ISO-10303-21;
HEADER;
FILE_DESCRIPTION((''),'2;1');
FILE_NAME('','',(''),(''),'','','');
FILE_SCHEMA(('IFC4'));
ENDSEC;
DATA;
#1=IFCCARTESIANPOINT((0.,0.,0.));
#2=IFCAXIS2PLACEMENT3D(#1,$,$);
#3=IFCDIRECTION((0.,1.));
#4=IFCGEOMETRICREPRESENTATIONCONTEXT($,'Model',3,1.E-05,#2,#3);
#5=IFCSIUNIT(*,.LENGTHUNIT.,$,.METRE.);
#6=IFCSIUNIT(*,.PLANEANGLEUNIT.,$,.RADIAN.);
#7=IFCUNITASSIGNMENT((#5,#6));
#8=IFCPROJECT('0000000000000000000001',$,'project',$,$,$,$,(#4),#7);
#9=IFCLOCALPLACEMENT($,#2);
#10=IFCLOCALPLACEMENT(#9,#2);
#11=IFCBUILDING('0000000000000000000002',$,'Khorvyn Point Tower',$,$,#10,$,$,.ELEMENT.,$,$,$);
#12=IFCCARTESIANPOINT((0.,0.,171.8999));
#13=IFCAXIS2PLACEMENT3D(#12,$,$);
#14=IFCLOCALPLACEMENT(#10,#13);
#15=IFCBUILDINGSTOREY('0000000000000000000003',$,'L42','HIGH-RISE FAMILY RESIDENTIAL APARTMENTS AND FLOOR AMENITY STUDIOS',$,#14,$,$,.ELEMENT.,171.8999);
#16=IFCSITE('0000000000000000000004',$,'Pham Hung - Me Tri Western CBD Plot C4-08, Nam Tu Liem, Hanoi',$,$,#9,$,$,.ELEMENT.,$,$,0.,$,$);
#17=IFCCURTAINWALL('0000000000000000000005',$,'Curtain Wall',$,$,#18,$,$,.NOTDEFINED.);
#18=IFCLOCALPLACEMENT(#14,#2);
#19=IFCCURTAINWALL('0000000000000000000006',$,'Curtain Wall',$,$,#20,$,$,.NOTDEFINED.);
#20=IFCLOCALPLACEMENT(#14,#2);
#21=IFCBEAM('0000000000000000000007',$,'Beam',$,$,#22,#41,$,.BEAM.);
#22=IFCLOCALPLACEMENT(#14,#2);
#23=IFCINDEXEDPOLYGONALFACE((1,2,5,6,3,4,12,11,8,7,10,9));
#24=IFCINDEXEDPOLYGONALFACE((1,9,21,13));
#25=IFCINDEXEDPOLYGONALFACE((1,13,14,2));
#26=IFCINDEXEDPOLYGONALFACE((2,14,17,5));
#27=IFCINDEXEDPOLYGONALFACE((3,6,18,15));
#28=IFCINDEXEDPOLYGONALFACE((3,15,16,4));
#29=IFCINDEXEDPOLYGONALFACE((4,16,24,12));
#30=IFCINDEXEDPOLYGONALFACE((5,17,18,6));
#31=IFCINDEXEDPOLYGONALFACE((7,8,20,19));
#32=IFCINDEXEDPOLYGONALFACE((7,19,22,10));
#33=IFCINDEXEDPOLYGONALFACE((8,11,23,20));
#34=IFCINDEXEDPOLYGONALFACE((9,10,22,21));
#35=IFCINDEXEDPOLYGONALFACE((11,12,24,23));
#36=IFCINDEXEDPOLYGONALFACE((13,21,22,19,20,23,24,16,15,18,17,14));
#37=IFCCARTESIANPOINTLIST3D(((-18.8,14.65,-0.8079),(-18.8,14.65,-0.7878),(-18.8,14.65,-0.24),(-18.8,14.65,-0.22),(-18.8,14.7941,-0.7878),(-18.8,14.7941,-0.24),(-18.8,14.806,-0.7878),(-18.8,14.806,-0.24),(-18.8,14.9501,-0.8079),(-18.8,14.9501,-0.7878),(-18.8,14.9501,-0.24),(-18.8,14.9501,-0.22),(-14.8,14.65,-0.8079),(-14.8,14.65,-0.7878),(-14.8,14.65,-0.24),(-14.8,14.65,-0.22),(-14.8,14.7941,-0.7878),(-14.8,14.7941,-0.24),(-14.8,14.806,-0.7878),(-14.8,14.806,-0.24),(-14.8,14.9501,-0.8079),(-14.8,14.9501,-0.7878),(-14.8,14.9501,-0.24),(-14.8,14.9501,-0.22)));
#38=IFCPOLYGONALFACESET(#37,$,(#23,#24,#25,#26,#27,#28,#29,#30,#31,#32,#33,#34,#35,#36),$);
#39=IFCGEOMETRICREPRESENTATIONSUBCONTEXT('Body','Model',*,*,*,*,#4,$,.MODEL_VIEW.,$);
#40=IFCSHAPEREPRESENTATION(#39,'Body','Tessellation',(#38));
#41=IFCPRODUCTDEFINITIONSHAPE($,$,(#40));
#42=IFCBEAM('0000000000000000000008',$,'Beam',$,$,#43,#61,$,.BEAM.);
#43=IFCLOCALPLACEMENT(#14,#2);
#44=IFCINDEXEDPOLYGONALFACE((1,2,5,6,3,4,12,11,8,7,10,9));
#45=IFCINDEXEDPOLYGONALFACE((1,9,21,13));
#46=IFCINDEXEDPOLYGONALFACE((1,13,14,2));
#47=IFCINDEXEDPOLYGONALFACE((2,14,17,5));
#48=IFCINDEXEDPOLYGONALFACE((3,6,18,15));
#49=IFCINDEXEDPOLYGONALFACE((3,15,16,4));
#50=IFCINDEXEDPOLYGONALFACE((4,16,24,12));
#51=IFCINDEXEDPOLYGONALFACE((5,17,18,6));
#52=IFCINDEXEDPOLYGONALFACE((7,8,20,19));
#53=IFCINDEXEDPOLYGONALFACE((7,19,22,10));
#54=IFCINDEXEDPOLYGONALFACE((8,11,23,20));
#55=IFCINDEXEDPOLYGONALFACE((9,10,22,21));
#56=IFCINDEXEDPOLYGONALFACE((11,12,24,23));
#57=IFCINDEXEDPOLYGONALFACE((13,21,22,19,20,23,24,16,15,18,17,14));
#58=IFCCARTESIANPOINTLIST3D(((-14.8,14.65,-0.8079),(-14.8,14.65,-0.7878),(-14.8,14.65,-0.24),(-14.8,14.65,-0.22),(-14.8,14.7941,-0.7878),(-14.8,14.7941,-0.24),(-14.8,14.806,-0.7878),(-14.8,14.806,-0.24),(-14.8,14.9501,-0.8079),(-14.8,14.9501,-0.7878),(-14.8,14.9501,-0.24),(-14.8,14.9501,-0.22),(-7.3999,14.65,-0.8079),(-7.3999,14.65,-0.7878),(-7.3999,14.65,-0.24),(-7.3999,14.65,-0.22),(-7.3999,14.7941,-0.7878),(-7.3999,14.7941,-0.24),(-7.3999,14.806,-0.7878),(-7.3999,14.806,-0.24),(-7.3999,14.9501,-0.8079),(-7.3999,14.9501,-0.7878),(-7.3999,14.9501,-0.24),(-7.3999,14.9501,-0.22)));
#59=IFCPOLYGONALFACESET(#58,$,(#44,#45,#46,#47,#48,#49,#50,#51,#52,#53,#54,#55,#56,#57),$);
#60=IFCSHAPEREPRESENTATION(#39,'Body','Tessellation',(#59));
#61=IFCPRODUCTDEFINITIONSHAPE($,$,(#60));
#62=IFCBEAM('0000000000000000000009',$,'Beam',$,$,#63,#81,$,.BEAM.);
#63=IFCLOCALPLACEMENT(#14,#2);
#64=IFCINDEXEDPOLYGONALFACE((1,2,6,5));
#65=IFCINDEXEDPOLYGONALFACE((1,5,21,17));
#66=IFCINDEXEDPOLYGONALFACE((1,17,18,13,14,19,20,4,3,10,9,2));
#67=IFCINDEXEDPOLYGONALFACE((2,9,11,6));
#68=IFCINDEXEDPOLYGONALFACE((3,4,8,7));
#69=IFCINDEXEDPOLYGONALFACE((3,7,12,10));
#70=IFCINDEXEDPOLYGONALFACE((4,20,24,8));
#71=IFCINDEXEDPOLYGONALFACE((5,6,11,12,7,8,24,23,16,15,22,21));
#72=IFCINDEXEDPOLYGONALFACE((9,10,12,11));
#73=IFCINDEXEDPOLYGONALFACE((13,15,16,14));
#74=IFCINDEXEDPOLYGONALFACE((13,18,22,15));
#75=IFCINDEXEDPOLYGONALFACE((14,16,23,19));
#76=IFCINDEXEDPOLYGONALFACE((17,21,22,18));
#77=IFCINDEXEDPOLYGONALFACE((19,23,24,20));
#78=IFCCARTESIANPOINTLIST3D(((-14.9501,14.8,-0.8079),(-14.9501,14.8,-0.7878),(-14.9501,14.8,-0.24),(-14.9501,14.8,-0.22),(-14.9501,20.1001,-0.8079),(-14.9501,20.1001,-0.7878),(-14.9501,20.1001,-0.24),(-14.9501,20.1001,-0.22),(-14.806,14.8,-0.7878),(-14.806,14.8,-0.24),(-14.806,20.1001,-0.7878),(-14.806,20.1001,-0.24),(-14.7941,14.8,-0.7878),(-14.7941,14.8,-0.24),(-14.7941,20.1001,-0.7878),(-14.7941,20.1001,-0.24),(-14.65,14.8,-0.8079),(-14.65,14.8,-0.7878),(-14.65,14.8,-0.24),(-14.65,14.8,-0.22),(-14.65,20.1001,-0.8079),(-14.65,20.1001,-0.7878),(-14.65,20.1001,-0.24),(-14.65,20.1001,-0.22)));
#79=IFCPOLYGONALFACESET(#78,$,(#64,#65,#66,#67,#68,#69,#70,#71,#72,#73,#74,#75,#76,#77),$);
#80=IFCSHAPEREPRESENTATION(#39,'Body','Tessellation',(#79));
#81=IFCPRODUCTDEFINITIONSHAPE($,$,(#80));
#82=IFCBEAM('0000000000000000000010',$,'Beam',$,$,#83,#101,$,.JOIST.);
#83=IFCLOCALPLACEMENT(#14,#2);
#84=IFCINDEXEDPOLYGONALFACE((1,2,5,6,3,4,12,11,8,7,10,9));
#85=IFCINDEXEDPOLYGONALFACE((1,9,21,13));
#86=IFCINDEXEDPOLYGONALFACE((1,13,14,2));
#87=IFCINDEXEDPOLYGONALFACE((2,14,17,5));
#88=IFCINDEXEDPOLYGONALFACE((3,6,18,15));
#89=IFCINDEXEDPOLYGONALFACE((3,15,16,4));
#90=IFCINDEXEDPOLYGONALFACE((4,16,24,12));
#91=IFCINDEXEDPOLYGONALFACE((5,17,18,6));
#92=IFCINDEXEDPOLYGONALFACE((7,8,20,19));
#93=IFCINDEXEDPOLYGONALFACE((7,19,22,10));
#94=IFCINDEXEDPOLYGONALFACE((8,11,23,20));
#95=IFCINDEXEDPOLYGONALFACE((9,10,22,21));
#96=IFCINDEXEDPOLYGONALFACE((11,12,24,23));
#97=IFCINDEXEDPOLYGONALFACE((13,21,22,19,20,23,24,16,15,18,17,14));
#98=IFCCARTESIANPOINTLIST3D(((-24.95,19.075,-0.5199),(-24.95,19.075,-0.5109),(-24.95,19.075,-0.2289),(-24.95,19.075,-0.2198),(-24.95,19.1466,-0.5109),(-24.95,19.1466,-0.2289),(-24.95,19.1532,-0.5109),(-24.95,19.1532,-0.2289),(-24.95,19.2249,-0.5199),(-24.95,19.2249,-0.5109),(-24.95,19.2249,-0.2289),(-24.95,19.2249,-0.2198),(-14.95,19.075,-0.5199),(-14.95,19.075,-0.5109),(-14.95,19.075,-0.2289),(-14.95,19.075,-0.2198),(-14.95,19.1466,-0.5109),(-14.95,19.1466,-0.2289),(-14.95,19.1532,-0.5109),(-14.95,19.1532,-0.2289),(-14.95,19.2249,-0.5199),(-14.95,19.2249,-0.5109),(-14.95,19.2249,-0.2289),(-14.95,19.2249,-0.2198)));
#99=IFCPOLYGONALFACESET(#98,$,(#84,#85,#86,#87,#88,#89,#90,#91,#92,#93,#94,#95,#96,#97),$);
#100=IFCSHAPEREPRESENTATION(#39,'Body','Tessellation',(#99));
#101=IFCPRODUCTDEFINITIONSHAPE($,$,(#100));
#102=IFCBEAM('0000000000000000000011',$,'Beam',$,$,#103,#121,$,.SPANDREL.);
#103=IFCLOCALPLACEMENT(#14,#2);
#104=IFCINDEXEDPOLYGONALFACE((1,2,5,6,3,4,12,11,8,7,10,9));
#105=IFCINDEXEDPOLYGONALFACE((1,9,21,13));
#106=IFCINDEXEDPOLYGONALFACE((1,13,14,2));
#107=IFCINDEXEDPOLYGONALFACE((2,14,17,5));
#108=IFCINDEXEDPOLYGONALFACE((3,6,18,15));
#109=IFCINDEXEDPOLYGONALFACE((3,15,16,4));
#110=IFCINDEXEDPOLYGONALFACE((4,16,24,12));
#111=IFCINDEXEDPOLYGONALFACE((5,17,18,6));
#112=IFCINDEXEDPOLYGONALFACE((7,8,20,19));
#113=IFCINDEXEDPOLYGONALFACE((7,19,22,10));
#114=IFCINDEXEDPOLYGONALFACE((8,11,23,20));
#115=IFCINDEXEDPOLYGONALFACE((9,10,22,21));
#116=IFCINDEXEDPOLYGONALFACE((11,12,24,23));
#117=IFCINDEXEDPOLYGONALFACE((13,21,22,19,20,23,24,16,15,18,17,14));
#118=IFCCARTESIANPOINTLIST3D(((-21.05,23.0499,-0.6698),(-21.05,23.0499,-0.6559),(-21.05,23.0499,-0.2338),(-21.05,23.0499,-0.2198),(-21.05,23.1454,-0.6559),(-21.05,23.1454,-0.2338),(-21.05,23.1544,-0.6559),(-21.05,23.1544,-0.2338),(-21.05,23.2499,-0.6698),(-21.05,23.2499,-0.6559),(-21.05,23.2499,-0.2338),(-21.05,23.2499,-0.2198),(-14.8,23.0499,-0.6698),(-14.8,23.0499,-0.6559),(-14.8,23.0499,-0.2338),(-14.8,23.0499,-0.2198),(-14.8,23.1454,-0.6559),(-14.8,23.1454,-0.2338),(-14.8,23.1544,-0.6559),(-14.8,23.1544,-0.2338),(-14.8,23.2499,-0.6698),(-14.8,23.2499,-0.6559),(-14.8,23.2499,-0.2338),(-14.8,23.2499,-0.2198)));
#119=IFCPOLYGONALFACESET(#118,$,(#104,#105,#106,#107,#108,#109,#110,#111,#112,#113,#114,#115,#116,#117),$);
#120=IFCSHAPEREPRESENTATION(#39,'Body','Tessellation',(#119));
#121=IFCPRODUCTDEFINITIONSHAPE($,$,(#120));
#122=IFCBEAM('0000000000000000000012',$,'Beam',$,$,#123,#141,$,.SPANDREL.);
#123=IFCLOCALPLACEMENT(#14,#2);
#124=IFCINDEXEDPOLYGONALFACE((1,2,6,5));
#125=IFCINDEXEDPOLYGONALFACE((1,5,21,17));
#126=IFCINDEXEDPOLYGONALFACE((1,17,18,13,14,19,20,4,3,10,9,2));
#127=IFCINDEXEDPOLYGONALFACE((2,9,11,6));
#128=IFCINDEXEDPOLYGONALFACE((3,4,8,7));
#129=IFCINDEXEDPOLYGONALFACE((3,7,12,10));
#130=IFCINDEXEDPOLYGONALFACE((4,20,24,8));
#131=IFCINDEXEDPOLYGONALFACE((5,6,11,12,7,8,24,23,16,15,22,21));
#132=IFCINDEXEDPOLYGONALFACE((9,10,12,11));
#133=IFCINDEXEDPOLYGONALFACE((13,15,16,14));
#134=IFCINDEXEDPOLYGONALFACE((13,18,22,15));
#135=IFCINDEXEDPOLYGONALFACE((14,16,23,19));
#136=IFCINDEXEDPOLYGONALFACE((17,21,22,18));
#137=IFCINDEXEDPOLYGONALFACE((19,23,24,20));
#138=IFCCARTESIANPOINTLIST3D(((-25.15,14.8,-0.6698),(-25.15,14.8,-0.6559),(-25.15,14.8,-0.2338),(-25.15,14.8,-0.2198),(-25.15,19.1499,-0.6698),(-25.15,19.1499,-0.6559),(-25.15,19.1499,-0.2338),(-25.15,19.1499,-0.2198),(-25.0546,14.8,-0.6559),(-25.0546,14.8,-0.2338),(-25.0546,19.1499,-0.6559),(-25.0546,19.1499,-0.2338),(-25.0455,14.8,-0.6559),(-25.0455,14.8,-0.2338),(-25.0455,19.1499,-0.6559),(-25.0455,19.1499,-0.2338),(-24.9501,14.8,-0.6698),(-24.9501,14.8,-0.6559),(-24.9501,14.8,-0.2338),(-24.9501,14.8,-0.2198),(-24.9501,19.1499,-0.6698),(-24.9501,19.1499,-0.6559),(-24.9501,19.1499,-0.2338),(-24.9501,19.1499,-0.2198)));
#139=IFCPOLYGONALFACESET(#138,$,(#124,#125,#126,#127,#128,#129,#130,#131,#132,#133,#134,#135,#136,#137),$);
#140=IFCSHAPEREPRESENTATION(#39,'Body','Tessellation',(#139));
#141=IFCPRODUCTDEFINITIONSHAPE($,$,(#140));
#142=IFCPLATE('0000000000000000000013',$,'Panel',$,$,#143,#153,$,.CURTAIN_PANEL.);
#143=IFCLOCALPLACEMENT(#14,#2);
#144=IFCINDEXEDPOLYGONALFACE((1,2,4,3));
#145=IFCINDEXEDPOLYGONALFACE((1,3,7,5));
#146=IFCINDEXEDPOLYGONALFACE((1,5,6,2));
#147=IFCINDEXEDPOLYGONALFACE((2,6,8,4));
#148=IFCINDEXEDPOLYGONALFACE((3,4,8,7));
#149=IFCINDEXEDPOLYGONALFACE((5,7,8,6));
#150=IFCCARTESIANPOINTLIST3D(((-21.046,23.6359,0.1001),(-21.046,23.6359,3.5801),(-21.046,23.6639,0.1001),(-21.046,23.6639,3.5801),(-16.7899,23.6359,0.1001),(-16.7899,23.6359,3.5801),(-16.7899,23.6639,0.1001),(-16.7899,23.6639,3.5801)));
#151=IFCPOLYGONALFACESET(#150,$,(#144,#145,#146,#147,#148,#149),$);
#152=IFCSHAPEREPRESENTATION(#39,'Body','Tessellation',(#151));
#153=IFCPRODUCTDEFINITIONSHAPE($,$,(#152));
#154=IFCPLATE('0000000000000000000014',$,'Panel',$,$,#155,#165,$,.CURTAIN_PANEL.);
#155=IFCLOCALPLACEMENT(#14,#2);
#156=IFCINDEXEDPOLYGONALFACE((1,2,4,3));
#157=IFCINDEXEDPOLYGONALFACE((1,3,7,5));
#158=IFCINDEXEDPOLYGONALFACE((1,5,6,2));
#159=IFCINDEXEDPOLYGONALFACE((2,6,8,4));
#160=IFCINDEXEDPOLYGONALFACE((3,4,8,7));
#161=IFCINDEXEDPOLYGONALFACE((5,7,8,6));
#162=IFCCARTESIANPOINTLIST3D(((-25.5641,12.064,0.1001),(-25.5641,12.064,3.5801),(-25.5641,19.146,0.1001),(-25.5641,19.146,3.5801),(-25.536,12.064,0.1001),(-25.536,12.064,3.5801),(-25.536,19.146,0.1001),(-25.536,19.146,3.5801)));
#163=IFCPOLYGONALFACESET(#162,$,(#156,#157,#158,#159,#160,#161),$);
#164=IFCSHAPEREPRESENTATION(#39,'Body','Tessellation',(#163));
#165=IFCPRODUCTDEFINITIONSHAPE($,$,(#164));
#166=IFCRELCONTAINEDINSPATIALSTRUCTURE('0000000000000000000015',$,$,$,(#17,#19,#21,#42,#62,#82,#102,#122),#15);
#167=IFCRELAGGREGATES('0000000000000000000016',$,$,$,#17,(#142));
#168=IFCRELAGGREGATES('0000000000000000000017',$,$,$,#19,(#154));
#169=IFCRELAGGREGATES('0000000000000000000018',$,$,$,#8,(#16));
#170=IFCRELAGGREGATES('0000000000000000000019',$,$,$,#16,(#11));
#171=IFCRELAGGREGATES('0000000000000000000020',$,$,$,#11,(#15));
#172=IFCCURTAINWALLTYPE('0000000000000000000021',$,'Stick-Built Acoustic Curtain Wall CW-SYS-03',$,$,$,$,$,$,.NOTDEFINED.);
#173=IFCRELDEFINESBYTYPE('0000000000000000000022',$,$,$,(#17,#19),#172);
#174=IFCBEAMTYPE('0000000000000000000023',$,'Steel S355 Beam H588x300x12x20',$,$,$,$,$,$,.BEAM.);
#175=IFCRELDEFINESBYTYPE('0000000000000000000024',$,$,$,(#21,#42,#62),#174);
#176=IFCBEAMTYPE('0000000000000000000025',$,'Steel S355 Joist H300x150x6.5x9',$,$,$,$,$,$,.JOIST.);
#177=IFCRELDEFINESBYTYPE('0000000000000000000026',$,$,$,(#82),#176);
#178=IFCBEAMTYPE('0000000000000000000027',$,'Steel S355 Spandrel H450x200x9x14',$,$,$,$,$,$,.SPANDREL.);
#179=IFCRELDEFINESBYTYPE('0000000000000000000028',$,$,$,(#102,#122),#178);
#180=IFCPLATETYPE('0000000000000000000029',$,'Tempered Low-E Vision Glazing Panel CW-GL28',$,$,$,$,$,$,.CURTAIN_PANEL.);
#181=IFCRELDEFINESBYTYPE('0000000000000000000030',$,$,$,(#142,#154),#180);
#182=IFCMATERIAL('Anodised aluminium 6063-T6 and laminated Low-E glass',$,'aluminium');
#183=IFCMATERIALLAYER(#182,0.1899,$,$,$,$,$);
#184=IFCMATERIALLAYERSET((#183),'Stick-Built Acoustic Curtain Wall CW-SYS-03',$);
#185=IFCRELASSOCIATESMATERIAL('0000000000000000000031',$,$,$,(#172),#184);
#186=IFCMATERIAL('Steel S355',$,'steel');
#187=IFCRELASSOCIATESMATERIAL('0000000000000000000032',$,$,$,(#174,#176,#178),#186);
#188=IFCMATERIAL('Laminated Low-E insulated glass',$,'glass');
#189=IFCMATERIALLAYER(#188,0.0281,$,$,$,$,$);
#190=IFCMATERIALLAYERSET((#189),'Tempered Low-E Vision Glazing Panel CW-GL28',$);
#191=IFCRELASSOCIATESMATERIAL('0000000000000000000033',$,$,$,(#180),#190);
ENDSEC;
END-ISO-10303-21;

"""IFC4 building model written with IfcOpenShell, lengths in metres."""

from ifc_helpers import new_model, si_unit, direction, frame, origin, origin_2d, place, context, subcontext, project, spatial, rectangle, i_section, extrude, material, layer, layer_set, material_profile, profile_set, type_object, element, aggregate, save


model = new_model("IFC4")

# Units and contexts
model_context = context("Model", 3, precision=1e-05, world=origin(), true_north=direction((0.0, 1.0)))
body_context = subcontext(model_context, "Body", "Model", "MODEL_VIEW")
ifc_project = project(units=[si_unit("LENGTHUNIT", "METRE"), si_unit("PLANEANGLEUNIT", "RADIAN")], contexts=[model_context])

# Site, building, storey
site_placement = place(None, origin())
site = spatial("IfcSite", under=ifc_project, at=site_placement, Name="Pham Hung - Me Tri Western CBD Plot C4-08, Nam Tu Liem, Hanoi", CompositionType="ELEMENT", RefElevation=0.0)
building_placement = place(site_placement, origin())
building = spatial("IfcBuilding", under=site, at=building_placement, Name="Khorvyn Point Tower", CompositionType="ELEMENT")
storey_placement = place(building_placement, frame((0.0, 0.0, 171.8999)))
storey = spatial("IfcBuildingStorey", under=building, at=storey_placement, Name="L42", Description="HIGH-RISE FAMILY RESIDENTIAL APARTMENTS AND FLOOR AMENITY STUDIOS", CompositionType="ELEMENT", Elevation=171.8999)

# Curtain walls
ifc_material_1 = material(Name="Anodised aluminium 6063-T6 and laminated Low-E glass", Category="aluminium")
ifc_layer_1 = layer(ifc_material_1, 0.1899)
ifc_layer_set_1 = layer_set([ifc_layer_1], Name="Stick-Built Acoustic Curtain Wall CW-SYS-03")
curtain_wall_type = type_object("IfcCurtainWallType", Name="Stick-Built Acoustic Curtain Wall CW-SYS-03", PredefinedType="NOTDEFINED", material=ifc_layer_set_1)
curtain_wall_1_placement = place(storey_placement, origin())
curtain_wall_1 = element("IfcCurtainWall", 1, at=curtain_wall_1_placement, inside=storey, type_object=curtain_wall_type, Name="Curtain Wall", PredefinedType="NOTDEFINED")
curtain_wall_2_placement = place(storey_placement, origin())
curtain_wall_2 = element("IfcCurtainWall", 2, at=curtain_wall_2_placement, inside=storey, type_object=curtain_wall_type, Name="Curtain Wall", PredefinedType="NOTDEFINED")

# Beams
ifc_material_2 = material(Name="Steel S355", Category="steel")
ifc_material_profile_1 = material_profile(ifc_material_2, i_section(OverallWidth=0.3, OverallDepth=0.5879, WebThickness=0.012, FlangeThickness=0.02, at=origin_2d()))
ifc_profile_set_1 = profile_set([ifc_material_profile_1], Name="Steel S355 H588x300x12x20")
beam_type_1 = type_object("IfcBeamType", Name="Steel S355 Beam H588x300x12x20", PredefinedType="BEAM", material=ifc_profile_set_1)
beam_1_placement = place(storey_placement, frame((-18.8, 14.8, -0.5139), z_axis=(1.0, 0.0, 0.0), x_axis=(0.0, 1.0, 0.0)))
element("IfcBeam", 3, at=beam_1_placement, inside=storey, type_object=beam_type_1, Name="Beam", PredefinedType="BEAM", context=body_context, shape_type="SweptSolid", body=[
    extrude(i_section(OverallWidth=0.3, OverallDepth=0.5879, WebThickness=0.012, FlangeThickness=0.02, at=origin_2d()), origin(), (0.0, 0.0, 1.0), 4.0),
])
beam_2_placement = place(storey_placement, frame((-14.8, 14.8, -0.5139), z_axis=(1.0, 0.0, 0.0), x_axis=(0.0, 1.0, 0.0)))
element("IfcBeam", 4, at=beam_2_placement, inside=storey, type_object=beam_type_1, Name="Beam", PredefinedType="BEAM", context=body_context, shape_type="SweptSolid", body=[
    extrude(i_section(OverallWidth=0.3, OverallDepth=0.5879, WebThickness=0.012, FlangeThickness=0.02, at=origin_2d()), origin(), (0.0, 0.0, 1.0), 7.4001),
])
beam_3_placement = place(storey_placement, frame((-14.8, 14.8, -0.5139), z_axis=(0.0, 1.0, 0.0), x_axis=(-1.0, 0.0, 0.0)))
element("IfcBeam", 5, at=beam_3_placement, inside=storey, type_object=beam_type_1, Name="Beam", PredefinedType="BEAM", context=body_context, shape_type="SweptSolid", body=[
    extrude(i_section(OverallWidth=0.3, OverallDepth=0.5879, WebThickness=0.012, FlangeThickness=0.02, at=origin_2d()), origin(), (0.0, 0.0, 1.0), 5.3),
])
ifc_material_profile_2 = material_profile(ifc_material_2, i_section(OverallWidth=0.1499, OverallDepth=0.3, WebThickness=0.0066, FlangeThickness=0.009, at=origin_2d()))
ifc_profile_set_2 = profile_set([ifc_material_profile_2], Name="Steel S355 H300x150x6.5x9")
beam_type_2 = type_object("IfcBeamType", Name="Steel S355 Joist H300x150x6.5x9", PredefinedType="JOIST", material=ifc_profile_set_2)
beam_4_placement = place(storey_placement, frame((-24.95, 19.1499, -0.3699), z_axis=(1.0, 0.0, 0.0), x_axis=(0.0, 1.0, 0.0)))
element("IfcBeam", 6, at=beam_4_placement, inside=storey, type_object=beam_type_2, Name="Beam", PredefinedType="JOIST", context=body_context, shape_type="SweptSolid", body=[
    extrude(i_section(OverallWidth=0.1499, OverallDepth=0.3, WebThickness=0.0066, FlangeThickness=0.009, at=origin_2d()), origin(), (0.0, 0.0, 1.0), 10.0),
])
ifc_material_profile_3 = material_profile(ifc_material_2, i_section(OverallWidth=0.2, OverallDepth=0.45, WebThickness=0.009, FlangeThickness=0.0139, at=origin_2d()))
ifc_profile_set_3 = profile_set([ifc_material_profile_3], Name="Steel S355 H450x200x9x14")
beam_type_3 = type_object("IfcBeamType", Name="Steel S355 Spandrel H450x200x9x14", PredefinedType="SPANDREL", material=ifc_profile_set_3)
beam_5_placement = place(storey_placement, frame((-21.05, 23.1499, -0.4448), z_axis=(1.0, 0.0, 0.0), x_axis=(0.0, 1.0, 0.0)))
element("IfcBeam", 7, at=beam_5_placement, inside=storey, type_object=beam_type_3, Name="Beam", PredefinedType="SPANDREL", context=body_context, shape_type="SweptSolid", body=[
    extrude(i_section(OverallWidth=0.2, OverallDepth=0.45, WebThickness=0.009, FlangeThickness=0.0139, at=origin_2d()), origin(), (0.0, 0.0, 1.0), 6.25),
])
beam_6_placement = place(storey_placement, frame((-25.05, 14.8, -0.4448), z_axis=(0.0, 1.0, 0.0), x_axis=(-1.0, 0.0, 0.0)))
element("IfcBeam", 8, at=beam_6_placement, inside=storey, type_object=beam_type_3, Name="Beam", PredefinedType="SPANDREL", context=body_context, shape_type="SweptSolid", body=[
    extrude(i_section(OverallWidth=0.2, OverallDepth=0.45, WebThickness=0.009, FlangeThickness=0.0139, at=origin_2d()), origin(), (0.0, 0.0, 1.0), 4.3499),
])

# Plates
ifc_material_3 = material(Name="Laminated Low-E insulated glass", Category="glass")
ifc_layer_2 = layer(ifc_material_3, 0.0281)
ifc_layer_set_2 = layer_set([ifc_layer_2], Name="Tempered Low-E Vision Glazing Panel CW-GL28")
plate_type = type_object("IfcPlateType", Name="Tempered Low-E Vision Glazing Panel CW-GL28", PredefinedType="CURTAIN_PANEL", material=ifc_layer_set_2)
plate_1_placement = place(storey_placement, frame((-18.918, 23.6499, 0.1001), z_axis=(0.0, 0.0, 1.0), x_axis=(1.0, 0.0, 0.0)))
plate_1 = element("IfcPlate", 9, at=plate_1_placement, type_object=plate_type, Name="Panel", PredefinedType="CURTAIN_PANEL", context=body_context, shape_type="SweptSolid", body=[
    extrude(rectangle(XDim=4.2561, YDim=0.0281, at=origin_2d()), origin(), (0.0, 0.0, 1.0), 3.48),
])
aggregate(curtain_wall_1, [plate_1])
plate_2_placement = place(storey_placement, frame((-25.55, 15.605, 0.1001), z_axis=(0.0, 0.0, 1.0), x_axis=(0.0, 1.0, 0.0)))
plate_2 = element("IfcPlate", 10, at=plate_2_placement, type_object=plate_type, Name="Panel", PredefinedType="CURTAIN_PANEL", context=body_context, shape_type="SweptSolid", body=[
    extrude(rectangle(XDim=7.082, YDim=0.0281, at=origin_2d()), origin(), (0.0, 0.0, 1.0), 3.48),
])
aggregate(curtain_wall_2, [plate_2])

save(model, "model.ifc")
